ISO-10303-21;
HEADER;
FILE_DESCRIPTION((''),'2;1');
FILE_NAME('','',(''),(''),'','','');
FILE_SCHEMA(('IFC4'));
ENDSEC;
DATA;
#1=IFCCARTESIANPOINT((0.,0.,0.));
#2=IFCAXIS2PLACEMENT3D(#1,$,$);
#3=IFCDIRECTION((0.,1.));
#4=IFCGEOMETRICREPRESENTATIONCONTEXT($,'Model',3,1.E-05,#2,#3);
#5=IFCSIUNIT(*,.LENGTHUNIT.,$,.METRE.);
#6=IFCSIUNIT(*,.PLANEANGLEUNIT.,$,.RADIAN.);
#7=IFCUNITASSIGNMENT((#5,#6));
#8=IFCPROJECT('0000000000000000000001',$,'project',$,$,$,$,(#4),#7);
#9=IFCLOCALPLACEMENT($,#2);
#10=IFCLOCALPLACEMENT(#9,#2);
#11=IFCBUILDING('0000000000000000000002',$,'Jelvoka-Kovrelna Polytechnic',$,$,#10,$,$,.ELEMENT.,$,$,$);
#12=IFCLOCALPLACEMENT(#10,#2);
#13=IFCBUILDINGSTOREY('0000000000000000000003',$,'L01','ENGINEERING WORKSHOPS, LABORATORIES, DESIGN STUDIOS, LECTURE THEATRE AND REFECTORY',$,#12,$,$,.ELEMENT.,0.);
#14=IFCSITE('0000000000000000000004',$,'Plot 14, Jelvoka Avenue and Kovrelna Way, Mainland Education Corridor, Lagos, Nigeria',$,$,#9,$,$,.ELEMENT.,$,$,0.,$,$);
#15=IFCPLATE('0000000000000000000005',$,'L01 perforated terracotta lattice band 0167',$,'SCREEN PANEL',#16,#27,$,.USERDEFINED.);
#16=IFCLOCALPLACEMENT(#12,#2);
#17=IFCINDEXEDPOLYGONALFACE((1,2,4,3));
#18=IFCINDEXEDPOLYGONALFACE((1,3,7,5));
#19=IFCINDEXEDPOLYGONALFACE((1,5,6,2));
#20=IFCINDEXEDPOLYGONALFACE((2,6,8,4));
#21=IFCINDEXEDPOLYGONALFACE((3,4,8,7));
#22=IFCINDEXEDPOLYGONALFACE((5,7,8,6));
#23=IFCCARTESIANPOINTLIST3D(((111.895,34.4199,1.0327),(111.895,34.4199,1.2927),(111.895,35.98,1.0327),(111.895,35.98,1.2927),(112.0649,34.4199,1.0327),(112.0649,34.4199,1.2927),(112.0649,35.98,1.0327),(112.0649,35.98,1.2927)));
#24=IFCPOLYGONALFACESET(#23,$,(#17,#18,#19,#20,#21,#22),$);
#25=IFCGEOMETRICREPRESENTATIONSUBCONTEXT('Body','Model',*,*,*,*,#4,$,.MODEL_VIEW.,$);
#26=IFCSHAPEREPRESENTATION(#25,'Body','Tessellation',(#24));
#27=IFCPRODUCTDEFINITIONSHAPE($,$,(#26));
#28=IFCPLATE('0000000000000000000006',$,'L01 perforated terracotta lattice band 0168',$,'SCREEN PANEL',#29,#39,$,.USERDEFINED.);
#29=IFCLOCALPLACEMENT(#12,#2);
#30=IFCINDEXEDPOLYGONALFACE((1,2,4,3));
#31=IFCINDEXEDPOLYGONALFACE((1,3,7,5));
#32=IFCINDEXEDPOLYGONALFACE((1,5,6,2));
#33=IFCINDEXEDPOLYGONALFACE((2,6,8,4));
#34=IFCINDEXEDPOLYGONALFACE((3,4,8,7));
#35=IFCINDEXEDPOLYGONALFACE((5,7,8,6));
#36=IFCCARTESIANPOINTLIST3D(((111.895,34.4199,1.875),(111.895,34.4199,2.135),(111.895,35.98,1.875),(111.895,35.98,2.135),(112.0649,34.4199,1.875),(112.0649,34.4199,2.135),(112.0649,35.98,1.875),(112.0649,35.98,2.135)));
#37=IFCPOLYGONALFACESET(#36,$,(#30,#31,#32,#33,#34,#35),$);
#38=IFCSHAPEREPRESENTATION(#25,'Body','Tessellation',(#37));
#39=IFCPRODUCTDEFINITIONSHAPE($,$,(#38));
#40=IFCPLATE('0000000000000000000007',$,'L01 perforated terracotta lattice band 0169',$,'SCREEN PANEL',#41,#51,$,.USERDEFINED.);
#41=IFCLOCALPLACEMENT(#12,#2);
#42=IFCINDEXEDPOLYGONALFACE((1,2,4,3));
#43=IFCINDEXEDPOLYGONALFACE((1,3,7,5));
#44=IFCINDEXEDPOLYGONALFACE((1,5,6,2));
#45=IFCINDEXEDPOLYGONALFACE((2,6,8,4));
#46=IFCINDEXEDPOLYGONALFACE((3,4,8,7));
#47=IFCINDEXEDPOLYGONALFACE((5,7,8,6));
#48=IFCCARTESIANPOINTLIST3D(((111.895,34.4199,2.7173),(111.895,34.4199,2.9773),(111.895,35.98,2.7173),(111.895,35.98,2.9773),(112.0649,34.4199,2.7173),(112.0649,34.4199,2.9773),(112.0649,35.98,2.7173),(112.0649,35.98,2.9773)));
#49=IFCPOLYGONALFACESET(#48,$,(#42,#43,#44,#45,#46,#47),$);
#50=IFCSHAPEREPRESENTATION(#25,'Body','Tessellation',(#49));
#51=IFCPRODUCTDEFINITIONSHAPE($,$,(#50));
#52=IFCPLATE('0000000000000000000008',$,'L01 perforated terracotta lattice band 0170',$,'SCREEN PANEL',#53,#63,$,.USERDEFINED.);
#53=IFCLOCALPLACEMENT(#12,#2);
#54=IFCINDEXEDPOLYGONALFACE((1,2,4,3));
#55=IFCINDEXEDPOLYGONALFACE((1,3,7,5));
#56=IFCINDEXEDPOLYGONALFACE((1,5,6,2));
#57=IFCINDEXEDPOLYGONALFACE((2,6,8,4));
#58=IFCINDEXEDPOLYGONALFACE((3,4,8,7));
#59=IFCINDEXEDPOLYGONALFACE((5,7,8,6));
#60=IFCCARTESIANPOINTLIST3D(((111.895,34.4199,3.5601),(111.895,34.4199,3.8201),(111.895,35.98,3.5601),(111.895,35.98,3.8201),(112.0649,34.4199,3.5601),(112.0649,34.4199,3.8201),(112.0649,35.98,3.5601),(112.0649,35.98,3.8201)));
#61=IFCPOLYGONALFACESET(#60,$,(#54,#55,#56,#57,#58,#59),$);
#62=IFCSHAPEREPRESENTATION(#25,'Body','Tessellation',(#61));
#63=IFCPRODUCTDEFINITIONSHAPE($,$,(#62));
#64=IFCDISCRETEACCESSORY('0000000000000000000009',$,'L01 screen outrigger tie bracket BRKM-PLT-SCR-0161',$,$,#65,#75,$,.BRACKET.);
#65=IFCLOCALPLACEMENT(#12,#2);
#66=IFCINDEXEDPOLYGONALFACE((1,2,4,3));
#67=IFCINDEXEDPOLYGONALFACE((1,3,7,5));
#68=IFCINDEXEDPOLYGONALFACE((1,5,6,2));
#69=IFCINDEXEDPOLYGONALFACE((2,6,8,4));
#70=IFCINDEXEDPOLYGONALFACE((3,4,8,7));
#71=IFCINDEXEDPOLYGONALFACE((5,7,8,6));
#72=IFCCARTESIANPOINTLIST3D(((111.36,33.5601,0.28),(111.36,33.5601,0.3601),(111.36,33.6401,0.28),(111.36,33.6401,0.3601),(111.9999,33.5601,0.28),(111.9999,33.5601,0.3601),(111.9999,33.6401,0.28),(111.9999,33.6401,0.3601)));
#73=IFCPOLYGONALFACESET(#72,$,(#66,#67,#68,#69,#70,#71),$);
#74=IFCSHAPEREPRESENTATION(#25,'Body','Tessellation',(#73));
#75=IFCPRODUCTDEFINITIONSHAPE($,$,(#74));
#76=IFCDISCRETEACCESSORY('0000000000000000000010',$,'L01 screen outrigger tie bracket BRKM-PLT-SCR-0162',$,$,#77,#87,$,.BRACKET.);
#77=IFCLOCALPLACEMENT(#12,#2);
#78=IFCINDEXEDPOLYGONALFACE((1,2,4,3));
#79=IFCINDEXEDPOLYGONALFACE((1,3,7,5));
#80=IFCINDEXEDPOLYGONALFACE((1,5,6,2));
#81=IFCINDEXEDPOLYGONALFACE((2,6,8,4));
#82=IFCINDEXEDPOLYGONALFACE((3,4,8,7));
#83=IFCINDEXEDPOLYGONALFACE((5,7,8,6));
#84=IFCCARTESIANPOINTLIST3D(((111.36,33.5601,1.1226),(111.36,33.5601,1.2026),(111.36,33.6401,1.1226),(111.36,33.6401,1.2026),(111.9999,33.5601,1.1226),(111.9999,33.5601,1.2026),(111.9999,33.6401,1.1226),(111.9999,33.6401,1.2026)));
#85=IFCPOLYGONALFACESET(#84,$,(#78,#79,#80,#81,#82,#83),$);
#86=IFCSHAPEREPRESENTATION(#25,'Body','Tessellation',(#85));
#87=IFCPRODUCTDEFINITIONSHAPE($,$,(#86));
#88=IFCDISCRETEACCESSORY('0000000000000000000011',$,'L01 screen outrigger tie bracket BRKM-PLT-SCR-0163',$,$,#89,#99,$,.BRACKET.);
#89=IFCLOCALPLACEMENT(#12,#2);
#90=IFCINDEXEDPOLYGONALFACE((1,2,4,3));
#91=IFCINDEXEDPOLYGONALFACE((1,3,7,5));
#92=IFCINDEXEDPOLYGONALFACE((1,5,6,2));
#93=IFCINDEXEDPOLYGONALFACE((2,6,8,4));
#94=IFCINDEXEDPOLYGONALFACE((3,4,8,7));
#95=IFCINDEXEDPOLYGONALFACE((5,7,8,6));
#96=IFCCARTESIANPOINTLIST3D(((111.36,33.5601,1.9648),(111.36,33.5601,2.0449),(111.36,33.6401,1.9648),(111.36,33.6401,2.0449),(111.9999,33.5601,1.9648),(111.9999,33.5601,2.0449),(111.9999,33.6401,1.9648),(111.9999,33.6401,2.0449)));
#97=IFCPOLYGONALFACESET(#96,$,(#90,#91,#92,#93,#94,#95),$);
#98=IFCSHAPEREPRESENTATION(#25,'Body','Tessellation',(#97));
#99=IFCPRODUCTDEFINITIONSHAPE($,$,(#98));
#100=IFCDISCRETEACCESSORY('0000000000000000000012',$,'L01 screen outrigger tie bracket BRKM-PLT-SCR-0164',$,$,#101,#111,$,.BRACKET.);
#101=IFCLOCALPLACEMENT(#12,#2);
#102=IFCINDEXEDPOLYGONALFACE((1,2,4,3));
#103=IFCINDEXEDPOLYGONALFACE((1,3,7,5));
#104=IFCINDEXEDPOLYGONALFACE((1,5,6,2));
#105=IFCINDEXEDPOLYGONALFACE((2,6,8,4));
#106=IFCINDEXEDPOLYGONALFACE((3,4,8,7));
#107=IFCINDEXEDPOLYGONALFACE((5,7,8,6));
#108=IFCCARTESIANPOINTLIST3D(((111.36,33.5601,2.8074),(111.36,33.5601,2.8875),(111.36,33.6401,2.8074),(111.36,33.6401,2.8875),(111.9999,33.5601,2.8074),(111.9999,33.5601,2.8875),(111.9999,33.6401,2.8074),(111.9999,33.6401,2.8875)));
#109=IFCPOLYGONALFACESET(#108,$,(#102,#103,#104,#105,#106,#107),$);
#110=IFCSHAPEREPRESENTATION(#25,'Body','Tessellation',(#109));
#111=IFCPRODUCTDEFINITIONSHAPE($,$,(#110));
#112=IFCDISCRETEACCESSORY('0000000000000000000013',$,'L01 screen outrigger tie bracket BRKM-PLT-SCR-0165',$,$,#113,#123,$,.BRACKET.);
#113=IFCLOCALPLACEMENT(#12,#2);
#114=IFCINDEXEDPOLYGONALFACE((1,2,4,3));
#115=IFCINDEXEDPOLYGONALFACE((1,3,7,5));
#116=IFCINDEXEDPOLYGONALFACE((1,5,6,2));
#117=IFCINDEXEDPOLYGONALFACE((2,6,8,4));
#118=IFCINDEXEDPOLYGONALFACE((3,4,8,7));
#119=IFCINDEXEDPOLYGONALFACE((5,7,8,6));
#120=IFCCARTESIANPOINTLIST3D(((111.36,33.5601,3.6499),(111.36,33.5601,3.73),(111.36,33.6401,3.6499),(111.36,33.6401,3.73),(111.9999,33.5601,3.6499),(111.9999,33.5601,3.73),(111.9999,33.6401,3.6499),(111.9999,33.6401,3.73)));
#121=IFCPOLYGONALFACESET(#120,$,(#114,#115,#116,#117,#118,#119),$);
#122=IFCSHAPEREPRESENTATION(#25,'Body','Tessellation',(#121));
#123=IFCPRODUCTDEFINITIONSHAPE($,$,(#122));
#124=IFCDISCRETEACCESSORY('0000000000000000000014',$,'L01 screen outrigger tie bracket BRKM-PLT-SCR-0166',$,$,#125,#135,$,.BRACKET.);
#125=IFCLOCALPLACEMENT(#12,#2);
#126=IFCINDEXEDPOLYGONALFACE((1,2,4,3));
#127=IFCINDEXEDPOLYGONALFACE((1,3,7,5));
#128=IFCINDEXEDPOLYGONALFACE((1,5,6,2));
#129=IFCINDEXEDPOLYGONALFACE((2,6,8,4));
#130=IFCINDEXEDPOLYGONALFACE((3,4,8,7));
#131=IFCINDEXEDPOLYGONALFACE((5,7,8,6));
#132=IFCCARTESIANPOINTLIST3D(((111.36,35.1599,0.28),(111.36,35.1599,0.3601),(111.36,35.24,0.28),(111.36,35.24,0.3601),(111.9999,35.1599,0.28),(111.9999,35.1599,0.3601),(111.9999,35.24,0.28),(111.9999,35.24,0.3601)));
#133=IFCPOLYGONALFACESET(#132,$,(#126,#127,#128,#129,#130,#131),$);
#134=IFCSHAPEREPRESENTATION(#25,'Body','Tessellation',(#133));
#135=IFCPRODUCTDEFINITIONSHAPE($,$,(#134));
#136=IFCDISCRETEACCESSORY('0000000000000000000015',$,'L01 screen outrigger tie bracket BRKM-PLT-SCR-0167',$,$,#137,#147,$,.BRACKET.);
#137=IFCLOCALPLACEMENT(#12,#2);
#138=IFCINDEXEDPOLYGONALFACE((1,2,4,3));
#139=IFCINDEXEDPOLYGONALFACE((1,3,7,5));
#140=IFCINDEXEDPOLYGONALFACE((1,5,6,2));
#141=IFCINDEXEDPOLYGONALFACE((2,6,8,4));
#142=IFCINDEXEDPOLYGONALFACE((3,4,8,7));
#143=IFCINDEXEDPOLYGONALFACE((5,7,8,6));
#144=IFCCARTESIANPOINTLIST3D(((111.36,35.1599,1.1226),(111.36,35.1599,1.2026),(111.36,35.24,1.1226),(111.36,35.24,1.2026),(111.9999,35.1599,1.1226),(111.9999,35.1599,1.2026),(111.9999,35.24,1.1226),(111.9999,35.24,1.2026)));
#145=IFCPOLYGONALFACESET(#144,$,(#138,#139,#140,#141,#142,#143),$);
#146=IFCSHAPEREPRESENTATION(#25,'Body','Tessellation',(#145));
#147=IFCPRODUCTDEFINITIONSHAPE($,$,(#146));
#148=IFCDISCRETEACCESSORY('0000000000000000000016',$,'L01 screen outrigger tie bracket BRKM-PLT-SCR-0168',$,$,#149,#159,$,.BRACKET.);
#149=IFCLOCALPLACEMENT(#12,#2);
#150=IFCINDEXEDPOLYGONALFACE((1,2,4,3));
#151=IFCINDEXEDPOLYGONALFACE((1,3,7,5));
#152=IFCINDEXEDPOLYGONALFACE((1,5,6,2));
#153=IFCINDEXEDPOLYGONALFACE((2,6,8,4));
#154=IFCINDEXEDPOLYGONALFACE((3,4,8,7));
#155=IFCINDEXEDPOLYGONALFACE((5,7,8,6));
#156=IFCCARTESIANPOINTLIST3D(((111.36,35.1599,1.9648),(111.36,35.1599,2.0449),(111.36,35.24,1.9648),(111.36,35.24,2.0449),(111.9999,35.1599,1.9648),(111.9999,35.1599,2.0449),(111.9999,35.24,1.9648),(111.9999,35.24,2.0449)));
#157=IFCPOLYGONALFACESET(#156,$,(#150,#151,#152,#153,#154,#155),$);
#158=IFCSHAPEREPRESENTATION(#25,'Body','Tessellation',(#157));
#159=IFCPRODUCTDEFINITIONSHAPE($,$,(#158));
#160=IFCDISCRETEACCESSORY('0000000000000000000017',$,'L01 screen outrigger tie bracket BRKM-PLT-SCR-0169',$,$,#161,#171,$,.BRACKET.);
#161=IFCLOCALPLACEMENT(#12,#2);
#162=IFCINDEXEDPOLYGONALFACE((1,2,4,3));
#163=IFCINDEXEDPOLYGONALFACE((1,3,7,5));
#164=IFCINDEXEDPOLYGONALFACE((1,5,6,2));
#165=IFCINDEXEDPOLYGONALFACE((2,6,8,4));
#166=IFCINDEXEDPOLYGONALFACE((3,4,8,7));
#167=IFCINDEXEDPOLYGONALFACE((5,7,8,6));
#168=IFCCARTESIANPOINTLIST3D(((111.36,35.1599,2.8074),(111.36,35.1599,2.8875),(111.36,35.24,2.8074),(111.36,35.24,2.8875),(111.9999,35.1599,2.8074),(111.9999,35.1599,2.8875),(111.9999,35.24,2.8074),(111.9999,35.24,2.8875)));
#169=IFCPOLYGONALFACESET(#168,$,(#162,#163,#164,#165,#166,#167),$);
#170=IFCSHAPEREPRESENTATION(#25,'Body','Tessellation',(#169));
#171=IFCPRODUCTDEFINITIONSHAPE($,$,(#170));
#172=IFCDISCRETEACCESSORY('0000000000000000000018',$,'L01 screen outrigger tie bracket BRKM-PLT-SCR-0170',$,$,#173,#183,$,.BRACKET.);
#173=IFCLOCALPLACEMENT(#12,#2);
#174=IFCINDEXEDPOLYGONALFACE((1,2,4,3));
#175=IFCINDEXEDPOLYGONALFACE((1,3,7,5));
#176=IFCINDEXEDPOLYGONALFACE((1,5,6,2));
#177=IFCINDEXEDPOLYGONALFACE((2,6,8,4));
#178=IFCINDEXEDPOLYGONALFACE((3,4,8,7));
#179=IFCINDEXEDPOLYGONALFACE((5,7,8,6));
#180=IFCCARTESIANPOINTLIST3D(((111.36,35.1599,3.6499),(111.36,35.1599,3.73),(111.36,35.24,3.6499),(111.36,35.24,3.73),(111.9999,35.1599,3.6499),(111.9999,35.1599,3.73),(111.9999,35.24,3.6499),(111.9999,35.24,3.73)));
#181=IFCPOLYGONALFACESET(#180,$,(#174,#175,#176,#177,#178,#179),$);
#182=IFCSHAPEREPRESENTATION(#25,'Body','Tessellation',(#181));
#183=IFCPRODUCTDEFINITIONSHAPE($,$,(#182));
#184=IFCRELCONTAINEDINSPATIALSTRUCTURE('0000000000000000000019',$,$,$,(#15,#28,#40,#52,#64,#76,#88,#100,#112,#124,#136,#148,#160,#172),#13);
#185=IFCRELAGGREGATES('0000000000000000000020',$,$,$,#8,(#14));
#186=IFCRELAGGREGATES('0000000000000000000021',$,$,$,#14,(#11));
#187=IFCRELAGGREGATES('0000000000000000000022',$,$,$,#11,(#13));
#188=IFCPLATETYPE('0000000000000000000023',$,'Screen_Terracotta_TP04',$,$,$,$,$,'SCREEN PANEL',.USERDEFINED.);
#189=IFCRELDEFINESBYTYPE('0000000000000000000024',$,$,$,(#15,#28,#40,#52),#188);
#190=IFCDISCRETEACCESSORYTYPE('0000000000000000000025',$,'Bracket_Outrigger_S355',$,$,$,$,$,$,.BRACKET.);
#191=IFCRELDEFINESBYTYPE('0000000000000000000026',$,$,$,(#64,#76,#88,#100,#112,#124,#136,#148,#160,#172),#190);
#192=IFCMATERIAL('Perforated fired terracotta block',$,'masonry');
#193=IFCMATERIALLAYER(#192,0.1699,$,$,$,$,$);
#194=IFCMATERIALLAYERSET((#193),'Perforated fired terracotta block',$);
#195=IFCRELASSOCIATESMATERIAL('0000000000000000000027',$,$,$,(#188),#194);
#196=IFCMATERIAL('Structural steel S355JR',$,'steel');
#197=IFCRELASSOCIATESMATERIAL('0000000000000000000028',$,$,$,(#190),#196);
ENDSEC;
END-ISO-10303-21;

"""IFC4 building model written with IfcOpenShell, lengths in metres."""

from ifc_helpers import new_model, si_unit, direction, frame, origin, origin_2d, place, context, subcontext, project, spatial, rectangle, extrude, material, layer, layer_set, type_object, element, save


model = new_model("IFC4")

# Units and contexts
model_context = context("Model", 3, precision=1e-05, world=origin(), true_north=direction((0.0, 1.0)))
body_context = subcontext(model_context, "Body", "Model", "MODEL_VIEW")
ifc_project = project(units=[si_unit("LENGTHUNIT", "METRE"), si_unit("PLANEANGLEUNIT", "RADIAN")], contexts=[model_context])

# Site, building, storey
site_placement = place(None, origin())
site = spatial("IfcSite", under=ifc_project, at=site_placement, Name="Plot 14, Jelvoka Avenue and Kovrelna Way, Mainland Education Corridor, Lagos, Nigeria", CompositionType="ELEMENT", RefElevation=0.0)
building_placement = place(site_placement, origin())
building = spatial("IfcBuilding", under=site, at=building_placement, Name="Jelvoka-Kovrelna Polytechnic", CompositionType="ELEMENT")
storey_placement = place(building_placement, origin())
storey = spatial("IfcBuildingStorey", under=building, at=storey_placement, Name="L01", Description="ENGINEERING WORKSHOPS, LABORATORIES, DESIGN STUDIOS, LECTURE THEATRE AND REFECTORY", CompositionType="ELEMENT", Elevation=0.0)

# Plates
ifc_material_1 = material(Name="Perforated fired terracotta block", Category="masonry")
ifc_layer = layer(ifc_material_1, 0.1699)
ifc_layer_set = layer_set([ifc_layer], Name="Perforated fired terracotta block")
plate_type = type_object("IfcPlateType", Name="Screen_Terracotta_TP04", ElementType="SCREEN PANEL", PredefinedType="USERDEFINED", material=ifc_layer_set)
for number, where, z_axis, x_axis, name in (
    (1, (111.98, 35.2, 1.0327), (0.0, 0.0, 1.0), (0.0, 1.0, 0.0), "L01 perforated terracotta lattice band 0167"),
    (2, (111.98, 35.2, 1.875), (0.0, 0.0, 1.0), (0.0, 1.0, 0.0), "L01 perforated terracotta lattice band 0168"),
    (3, (111.98, 35.2, 2.7173), (0.0, 0.0, 1.0), (0.0, 1.0, 0.0), "L01 perforated terracotta lattice band 0169"),
    (4, (111.98, 35.2, 3.5601), (0.0, 0.0, 1.0), (0.0, 1.0, 0.0), "L01 perforated terracotta lattice band 0170"),
):
    element("IfcPlate", number, at=place(storey_placement, frame(where, z_axis=z_axis, x_axis=x_axis)), inside=storey, type_object=plate_type, Name=name, ObjectType="SCREEN PANEL", PredefinedType="USERDEFINED", context=body_context, shape_type="SweptSolid", body=[
        extrude(rectangle(XDim=1.5601, YDim=0.1699, at=origin_2d()), origin(), (0.0, 0.0, 1.0), 0.26),
    ])

# Discrete accessories
ifc_material_2 = material(Name="Structural steel S355JR", Category="steel")
discrete_accessory_type = type_object("IfcDiscreteAccessoryType", Name="Bracket_Outrigger_S355", PredefinedType="BRACKET", material=ifc_material_2)
for number, where, z_axis, x_axis, name in (
    (5, (111.6799, 33.6001, 0.28), (0.0, 0.0, 1.0), (1.0, 0.0, 0.0), "L01 screen outrigger tie bracket BRKM-PLT-SCR-0161"),
    (6, (111.6799, 33.6001, 1.1226), (0.0, 0.0, 1.0), (1.0, 0.0, 0.0), "L01 screen outrigger tie bracket BRKM-PLT-SCR-0162"),
    (7, (111.6799, 33.6001, 1.9648), (0.0, 0.0, 1.0), (1.0, 0.0, 0.0), "L01 screen outrigger tie bracket BRKM-PLT-SCR-0163"),
    (8, (111.6799, 33.6001, 2.8074), (0.0, 0.0, 1.0), (1.0, 0.0, 0.0), "L01 screen outrigger tie bracket BRKM-PLT-SCR-0164"),
    (9, (111.6799, 33.6001, 3.6499), (0.0, 0.0, 1.0), (1.0, 0.0, 0.0), "L01 screen outrigger tie bracket BRKM-PLT-SCR-0165"),
    (10, (111.6799, 35.2, 0.28), (0.0, 0.0, 1.0), (1.0, 0.0, 0.0), "L01 screen outrigger tie bracket BRKM-PLT-SCR-0166"),
    (11, (111.6799, 35.2, 1.1226), (0.0, 0.0, 1.0), (1.0, 0.0, 0.0), "L01 screen outrigger tie bracket BRKM-PLT-SCR-0167"),
    (12, (111.6799, 35.2, 1.9648), (0.0, 0.0, 1.0), (1.0, 0.0, 0.0), "L01 screen outrigger tie bracket BRKM-PLT-SCR-0168"),
    (13, (111.6799, 35.2, 2.8074), (0.0, 0.0, 1.0), (1.0, 0.0, 0.0), "L01 screen outrigger tie bracket BRKM-PLT-SCR-0169"),
    (14, (111.6799, 35.2, 3.6499), (0.0, 0.0, 1.0), (1.0, 0.0, 0.0), "L01 screen outrigger tie bracket BRKM-PLT-SCR-0170"),
):
    element("IfcDiscreteAccessory", number, at=place(storey_placement, frame(where, z_axis=z_axis, x_axis=x_axis)), inside=storey, type_object=discrete_accessory_type, Name=name, PredefinedType="BRACKET", context=body_context, shape_type="SweptSolid", body=[
        extrude(rectangle(XDim=0.6399, YDim=0.0801, at=origin_2d()), origin(), (0.0, 0.0, 1.0), 0.0801),
    ])

save(model, "model.ifc")
